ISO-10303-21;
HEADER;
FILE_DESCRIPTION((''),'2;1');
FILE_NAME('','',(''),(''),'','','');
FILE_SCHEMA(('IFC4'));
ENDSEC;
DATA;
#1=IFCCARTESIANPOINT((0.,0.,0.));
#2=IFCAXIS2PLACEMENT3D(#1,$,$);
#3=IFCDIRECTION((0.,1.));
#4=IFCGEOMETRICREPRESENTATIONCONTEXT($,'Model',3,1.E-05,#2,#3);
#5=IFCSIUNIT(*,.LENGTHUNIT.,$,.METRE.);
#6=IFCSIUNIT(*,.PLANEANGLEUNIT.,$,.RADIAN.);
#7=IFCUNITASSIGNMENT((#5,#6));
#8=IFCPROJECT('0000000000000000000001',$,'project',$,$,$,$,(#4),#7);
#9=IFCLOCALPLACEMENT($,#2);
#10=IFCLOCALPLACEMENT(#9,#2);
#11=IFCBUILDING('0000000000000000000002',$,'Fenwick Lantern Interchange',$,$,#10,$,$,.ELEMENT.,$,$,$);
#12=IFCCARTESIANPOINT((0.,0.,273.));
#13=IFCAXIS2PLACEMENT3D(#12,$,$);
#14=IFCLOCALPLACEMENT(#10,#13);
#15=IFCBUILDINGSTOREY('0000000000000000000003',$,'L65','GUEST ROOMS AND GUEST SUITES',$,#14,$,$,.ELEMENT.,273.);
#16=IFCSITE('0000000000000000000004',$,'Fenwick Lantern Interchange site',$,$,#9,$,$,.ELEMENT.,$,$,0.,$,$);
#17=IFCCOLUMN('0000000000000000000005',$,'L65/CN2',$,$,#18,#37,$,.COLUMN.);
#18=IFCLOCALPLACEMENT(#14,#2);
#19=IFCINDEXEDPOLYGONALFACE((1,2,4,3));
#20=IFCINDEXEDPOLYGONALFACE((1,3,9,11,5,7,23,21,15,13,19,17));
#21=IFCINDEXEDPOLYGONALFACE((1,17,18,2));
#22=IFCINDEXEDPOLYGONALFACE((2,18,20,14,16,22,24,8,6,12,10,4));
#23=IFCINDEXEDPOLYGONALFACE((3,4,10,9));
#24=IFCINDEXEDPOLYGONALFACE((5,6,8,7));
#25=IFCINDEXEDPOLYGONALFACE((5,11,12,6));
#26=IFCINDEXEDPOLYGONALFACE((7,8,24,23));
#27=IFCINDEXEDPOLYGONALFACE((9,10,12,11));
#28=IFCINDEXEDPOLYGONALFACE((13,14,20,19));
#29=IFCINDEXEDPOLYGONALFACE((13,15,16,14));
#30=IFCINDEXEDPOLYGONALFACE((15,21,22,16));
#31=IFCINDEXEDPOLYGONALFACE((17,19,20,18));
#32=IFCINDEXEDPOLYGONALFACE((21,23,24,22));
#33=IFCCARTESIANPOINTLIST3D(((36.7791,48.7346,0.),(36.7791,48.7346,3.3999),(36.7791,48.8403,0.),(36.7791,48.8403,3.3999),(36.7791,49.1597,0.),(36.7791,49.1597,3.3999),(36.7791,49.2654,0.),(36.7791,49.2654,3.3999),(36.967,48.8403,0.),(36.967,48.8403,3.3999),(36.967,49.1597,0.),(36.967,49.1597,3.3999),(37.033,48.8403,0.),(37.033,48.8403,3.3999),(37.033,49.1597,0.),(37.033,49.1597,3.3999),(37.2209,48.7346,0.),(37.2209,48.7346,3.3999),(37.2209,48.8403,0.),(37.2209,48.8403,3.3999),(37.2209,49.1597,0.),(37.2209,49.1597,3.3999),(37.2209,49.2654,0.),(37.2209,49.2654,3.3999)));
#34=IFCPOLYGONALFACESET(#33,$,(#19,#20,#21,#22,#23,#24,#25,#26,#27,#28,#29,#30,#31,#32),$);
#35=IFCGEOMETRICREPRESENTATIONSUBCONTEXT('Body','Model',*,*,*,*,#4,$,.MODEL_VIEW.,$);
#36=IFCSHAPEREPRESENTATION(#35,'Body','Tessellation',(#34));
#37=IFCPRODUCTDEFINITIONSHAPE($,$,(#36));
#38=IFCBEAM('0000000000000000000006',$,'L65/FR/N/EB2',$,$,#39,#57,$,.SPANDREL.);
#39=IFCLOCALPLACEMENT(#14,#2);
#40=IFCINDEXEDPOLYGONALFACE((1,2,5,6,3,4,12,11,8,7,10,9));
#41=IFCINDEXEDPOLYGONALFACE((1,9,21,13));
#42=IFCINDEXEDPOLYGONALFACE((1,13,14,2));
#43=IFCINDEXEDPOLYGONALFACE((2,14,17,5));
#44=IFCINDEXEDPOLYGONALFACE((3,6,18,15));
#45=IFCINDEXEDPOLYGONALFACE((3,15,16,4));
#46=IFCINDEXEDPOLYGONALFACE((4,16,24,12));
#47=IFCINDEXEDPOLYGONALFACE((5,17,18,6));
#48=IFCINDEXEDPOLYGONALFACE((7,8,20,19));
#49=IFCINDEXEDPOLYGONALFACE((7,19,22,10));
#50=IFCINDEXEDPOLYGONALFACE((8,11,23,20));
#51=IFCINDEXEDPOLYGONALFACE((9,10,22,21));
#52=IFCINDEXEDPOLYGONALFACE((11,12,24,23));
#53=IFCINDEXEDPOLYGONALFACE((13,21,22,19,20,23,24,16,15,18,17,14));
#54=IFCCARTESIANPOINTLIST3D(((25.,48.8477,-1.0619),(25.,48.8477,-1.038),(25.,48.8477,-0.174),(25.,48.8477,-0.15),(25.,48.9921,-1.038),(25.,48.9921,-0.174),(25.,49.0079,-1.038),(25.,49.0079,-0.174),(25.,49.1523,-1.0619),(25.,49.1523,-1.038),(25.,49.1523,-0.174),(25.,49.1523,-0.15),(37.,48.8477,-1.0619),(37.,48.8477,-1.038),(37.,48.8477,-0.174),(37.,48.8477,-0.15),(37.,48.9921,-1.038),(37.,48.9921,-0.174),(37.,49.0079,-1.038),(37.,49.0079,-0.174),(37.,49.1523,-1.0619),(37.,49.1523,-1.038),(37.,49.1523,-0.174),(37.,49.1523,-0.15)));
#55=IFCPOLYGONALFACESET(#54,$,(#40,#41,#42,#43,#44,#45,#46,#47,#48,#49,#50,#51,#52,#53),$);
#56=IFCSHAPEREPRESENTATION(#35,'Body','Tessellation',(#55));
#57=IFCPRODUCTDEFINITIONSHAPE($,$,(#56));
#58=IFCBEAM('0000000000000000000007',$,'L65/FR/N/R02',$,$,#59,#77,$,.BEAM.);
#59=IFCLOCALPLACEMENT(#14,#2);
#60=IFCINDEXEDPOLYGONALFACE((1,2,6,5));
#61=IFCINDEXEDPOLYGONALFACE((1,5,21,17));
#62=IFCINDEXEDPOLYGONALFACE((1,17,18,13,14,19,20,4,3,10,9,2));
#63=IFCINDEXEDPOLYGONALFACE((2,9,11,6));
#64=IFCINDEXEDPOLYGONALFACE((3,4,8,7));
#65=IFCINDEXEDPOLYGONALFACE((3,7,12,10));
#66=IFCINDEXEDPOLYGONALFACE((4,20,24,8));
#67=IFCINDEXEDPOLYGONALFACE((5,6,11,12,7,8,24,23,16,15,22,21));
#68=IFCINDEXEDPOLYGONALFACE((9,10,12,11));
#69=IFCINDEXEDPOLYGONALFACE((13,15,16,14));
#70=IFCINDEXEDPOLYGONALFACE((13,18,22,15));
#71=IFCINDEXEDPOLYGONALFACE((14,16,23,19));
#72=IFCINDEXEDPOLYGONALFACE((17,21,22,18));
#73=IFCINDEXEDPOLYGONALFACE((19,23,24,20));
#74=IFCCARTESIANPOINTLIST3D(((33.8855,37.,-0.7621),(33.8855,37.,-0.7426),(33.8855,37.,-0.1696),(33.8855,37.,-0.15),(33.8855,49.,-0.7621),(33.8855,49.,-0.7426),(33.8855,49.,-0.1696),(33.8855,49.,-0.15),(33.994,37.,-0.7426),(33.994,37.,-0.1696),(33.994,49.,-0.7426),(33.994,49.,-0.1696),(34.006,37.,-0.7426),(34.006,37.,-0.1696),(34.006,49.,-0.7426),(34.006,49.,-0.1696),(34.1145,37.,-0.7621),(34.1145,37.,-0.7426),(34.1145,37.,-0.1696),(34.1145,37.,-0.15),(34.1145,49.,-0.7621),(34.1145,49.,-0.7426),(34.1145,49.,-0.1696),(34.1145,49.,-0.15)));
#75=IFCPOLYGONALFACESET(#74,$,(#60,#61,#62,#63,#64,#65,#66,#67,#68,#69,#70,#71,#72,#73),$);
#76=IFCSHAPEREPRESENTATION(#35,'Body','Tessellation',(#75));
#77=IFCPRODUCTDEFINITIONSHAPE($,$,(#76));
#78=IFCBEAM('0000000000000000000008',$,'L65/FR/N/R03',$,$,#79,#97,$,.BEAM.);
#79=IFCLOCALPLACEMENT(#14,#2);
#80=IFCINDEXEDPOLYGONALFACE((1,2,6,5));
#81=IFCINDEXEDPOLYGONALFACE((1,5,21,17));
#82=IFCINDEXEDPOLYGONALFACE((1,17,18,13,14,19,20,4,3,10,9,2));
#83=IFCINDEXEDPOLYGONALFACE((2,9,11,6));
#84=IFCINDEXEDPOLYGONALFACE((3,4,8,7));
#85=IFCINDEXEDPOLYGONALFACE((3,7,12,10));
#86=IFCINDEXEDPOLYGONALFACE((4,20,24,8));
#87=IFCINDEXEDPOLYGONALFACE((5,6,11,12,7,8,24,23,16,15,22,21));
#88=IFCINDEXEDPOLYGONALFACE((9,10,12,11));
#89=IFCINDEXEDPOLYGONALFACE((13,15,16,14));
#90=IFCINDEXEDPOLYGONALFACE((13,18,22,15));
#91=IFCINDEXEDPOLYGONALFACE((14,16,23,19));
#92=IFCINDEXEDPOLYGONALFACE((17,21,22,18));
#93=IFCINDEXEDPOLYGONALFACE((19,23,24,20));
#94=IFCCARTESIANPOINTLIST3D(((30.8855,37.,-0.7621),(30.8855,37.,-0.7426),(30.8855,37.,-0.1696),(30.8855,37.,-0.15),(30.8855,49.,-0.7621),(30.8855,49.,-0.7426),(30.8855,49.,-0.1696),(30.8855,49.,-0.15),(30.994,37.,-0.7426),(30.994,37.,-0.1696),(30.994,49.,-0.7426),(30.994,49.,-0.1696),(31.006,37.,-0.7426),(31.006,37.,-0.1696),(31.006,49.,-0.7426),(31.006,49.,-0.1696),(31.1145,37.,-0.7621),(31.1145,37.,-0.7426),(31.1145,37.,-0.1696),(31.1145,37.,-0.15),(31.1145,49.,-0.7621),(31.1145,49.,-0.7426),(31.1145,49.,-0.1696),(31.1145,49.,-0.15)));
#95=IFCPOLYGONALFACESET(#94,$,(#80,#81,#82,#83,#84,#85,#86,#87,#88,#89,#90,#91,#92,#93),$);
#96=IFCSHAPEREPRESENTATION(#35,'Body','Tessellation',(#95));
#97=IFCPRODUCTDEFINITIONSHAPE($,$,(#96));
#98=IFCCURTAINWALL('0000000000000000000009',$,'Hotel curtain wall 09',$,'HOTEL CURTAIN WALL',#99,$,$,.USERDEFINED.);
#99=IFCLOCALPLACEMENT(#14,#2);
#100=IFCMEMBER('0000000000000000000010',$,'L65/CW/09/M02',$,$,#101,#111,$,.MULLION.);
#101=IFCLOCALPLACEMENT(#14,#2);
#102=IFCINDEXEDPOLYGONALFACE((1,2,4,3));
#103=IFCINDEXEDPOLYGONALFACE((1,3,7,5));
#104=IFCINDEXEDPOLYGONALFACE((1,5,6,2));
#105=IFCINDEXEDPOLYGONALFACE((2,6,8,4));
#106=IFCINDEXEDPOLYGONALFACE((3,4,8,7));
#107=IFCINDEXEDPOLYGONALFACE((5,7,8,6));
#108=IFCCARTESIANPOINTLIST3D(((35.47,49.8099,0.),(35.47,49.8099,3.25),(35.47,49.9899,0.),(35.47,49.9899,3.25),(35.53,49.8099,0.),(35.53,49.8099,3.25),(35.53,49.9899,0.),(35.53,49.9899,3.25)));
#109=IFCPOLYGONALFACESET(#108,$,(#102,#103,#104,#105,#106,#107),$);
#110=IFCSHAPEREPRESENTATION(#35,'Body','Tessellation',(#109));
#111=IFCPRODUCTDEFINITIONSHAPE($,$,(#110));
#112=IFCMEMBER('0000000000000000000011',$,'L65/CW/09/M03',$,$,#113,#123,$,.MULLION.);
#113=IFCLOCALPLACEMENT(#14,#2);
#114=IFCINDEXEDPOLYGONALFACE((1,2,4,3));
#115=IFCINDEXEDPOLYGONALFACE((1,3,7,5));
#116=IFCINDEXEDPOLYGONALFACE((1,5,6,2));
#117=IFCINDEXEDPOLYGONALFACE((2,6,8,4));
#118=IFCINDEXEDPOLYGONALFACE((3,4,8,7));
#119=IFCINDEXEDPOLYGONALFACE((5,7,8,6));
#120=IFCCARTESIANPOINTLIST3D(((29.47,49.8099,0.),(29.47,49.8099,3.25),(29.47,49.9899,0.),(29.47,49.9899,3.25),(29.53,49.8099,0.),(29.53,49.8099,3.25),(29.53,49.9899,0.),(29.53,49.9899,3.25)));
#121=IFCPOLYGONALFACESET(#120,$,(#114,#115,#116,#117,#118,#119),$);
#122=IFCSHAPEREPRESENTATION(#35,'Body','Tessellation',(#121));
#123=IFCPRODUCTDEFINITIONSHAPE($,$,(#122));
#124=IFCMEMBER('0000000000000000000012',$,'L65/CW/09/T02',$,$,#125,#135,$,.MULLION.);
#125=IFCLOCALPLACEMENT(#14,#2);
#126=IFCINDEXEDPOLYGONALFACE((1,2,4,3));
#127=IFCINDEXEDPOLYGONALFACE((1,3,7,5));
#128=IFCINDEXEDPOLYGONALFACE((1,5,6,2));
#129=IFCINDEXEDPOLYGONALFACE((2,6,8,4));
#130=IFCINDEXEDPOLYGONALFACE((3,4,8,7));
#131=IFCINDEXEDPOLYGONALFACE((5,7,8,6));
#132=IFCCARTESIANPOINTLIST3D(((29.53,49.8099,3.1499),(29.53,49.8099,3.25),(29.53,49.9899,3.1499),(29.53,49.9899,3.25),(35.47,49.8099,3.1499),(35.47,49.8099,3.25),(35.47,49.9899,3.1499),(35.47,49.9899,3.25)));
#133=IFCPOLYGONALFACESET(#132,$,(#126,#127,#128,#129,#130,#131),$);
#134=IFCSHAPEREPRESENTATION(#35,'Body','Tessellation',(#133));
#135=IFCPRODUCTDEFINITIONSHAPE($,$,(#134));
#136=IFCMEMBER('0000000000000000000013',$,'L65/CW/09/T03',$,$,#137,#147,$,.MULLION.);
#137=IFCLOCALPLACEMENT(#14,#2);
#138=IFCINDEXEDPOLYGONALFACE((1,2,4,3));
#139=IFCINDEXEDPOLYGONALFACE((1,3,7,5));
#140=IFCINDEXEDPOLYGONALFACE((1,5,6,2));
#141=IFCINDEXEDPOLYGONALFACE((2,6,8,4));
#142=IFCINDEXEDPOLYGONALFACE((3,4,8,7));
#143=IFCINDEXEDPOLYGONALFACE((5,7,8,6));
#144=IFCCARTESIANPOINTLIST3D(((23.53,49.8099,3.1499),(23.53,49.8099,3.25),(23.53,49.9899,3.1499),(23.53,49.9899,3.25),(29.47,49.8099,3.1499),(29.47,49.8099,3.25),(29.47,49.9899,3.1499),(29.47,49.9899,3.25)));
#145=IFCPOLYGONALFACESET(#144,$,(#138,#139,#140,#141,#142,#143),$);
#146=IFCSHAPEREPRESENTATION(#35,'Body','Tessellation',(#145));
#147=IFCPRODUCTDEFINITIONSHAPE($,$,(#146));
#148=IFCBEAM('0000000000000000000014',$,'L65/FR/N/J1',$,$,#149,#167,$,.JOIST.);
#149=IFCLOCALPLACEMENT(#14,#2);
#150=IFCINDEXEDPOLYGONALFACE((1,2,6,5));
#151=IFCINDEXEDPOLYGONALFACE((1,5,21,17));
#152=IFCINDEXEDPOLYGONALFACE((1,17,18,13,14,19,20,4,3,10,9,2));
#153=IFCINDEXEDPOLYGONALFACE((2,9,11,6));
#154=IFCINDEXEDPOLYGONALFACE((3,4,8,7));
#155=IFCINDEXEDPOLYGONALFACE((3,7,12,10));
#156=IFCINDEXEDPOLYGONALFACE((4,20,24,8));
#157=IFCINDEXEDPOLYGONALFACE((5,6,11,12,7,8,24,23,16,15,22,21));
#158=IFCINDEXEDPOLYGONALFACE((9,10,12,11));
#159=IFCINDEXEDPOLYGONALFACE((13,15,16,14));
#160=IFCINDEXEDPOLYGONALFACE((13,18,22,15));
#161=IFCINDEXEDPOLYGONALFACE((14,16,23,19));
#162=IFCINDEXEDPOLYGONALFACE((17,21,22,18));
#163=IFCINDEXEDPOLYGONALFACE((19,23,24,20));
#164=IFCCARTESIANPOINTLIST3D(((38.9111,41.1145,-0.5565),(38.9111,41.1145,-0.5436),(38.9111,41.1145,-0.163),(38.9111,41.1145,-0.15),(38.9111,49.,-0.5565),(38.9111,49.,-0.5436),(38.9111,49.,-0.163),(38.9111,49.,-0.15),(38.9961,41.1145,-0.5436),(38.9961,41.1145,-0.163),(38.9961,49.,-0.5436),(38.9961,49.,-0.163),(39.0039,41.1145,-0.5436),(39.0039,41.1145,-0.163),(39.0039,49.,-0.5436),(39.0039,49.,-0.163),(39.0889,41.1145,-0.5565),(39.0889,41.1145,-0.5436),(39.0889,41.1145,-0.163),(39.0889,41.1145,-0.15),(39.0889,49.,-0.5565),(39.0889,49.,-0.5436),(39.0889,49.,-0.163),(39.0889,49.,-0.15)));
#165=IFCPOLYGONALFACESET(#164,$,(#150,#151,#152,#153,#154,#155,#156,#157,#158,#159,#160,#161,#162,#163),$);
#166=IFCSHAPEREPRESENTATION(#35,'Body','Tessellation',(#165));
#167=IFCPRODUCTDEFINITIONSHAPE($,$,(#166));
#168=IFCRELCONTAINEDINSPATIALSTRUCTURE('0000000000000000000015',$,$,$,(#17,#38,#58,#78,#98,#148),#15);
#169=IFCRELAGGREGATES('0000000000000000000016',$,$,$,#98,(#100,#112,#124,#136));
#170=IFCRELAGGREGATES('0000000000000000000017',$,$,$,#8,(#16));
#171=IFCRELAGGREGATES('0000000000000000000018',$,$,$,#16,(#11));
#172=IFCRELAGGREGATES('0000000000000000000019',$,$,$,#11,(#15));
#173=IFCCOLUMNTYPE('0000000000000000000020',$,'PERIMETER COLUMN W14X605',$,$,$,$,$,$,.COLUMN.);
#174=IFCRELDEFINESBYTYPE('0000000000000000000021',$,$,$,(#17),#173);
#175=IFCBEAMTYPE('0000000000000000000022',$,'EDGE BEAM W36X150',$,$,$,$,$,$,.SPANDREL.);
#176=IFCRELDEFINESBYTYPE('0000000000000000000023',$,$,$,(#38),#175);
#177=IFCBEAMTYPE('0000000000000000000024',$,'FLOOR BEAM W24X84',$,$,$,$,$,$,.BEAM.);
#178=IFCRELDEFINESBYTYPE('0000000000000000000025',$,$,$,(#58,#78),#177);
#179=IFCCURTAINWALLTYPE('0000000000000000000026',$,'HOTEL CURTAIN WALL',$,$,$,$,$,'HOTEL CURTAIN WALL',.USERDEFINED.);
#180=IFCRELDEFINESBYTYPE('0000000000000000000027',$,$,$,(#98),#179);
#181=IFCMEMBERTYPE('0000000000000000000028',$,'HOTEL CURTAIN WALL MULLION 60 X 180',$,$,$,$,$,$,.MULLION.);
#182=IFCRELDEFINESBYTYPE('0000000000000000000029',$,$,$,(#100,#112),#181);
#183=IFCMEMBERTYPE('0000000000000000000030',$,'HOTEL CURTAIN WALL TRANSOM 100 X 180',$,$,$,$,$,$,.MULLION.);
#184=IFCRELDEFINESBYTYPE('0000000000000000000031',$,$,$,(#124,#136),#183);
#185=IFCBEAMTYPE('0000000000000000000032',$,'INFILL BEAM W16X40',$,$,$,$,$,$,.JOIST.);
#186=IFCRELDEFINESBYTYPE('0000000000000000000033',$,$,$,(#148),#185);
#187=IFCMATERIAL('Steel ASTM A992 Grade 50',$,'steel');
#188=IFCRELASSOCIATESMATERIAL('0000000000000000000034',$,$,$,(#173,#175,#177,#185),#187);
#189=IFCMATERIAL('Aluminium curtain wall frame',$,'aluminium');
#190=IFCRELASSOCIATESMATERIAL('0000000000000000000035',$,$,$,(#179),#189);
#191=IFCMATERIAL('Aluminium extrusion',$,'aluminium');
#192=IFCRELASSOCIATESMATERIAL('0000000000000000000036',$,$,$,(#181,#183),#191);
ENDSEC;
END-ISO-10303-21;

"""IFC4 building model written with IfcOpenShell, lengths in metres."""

from ifc_helpers import new_model, si_unit, direction, frame, origin, origin_2d, place, context, subcontext, project, spatial, rectangle, i_section, extrude, material, material_profile, profile_set, type_object, element, aggregate, save


model = new_model("IFC4")

# Units and contexts
model_context = context("Model", 3, precision=1e-05, world=origin(), true_north=direction((0.0, 1.0)))
body_context = subcontext(model_context, "Body", "Model", "MODEL_VIEW")
ifc_project = project(units=[si_unit("LENGTHUNIT", "METRE"), si_unit("PLANEANGLEUNIT", "RADIAN")], contexts=[model_context])

# Site, building, storey
site_placement = place(None, origin())
site = spatial("IfcSite", under=ifc_project, at=site_placement, Name="Fenwick Lantern Interchange site", CompositionType="ELEMENT", RefElevation=0.0)
building_placement = place(site_placement, origin())
building = spatial("IfcBuilding", under=site, at=building_placement, Name="Fenwick Lantern Interchange", CompositionType="ELEMENT")
storey_placement = place(building_placement, frame((0.0, 0.0, 273.0)))
storey = spatial("IfcBuildingStorey", under=building, at=storey_placement, Name="L65", Description="GUEST ROOMS AND GUEST SUITES", CompositionType="ELEMENT", Elevation=273.0)

# Column
ifc_material_1 = material(Name="Steel ASTM A992 Grade 50", Category="steel")
ifc_material_profile_1 = material_profile(ifc_material_1, i_section(OverallWidth=0.4419, OverallDepth=0.5308, WebThickness=0.0659, FlangeThickness=0.1057, at=origin_2d()), Name="W14X605")
ifc_profile_set_1 = profile_set([ifc_material_profile_1], Name="Steel ASTM A992 Grade 50")
column_type = type_object("IfcColumnType", Name="PERIMETER COLUMN W14X605", PredefinedType="COLUMN", material=ifc_profile_set_1)
column_placement = place(storey_placement, frame((37.0, 49.0, 0.0), z_axis=(0.0, 0.0, 1.0), x_axis=(1.0, 0.0, 0.0)))
element("IfcColumn", 1, at=column_placement, inside=storey, type_object=column_type, Name="L65/CN2", PredefinedType="COLUMN", context=body_context, shape_type="SweptSolid", body=[
    extrude(i_section(OverallWidth=0.4419, OverallDepth=0.5308, WebThickness=0.0659, FlangeThickness=0.1057, at=origin_2d()), origin(), (0.0, 0.0, 1.0), 3.3999),
])

# Beams
ifc_material_profile_2 = material_profile(ifc_material_1, i_section(OverallWidth=0.3047, OverallDepth=0.9119, WebThickness=0.0159, FlangeThickness=0.0239, at=origin_2d()), Name="W36X150")
ifc_profile_set_2 = profile_set([ifc_material_profile_2], Name="Steel ASTM A992 Grade 50")
beam_type_1 = type_object("IfcBeamType", Name="EDGE BEAM W36X150", PredefinedType="SPANDREL", material=ifc_profile_set_2)
beam_1_placement = place(storey_placement, frame((37.0, 49.0, -0.606), z_axis=(-1.0, 0.0, 0.0), x_axis=(0.0, -1.0, 0.0)))
element("IfcBeam", 2, at=beam_1_placement, inside=storey, type_object=beam_type_1, Name="L65/FR/N/EB2", PredefinedType="SPANDREL", context=body_context, shape_type="SweptSolid", body=[
    extrude(i_section(OverallWidth=0.3047, OverallDepth=0.9119, WebThickness=0.0159, FlangeThickness=0.0239, at=origin_2d()), origin(), (0.0, 0.0, 1.0), 12.0),
])
ifc_material_profile_3 = material_profile(ifc_material_1, i_section(OverallWidth=0.229, OverallDepth=0.6121, WebThickness=0.012, FlangeThickness=0.0195, at=origin_2d()), Name="W24X84")
ifc_profile_set_3 = profile_set([ifc_material_profile_3], Name="Steel ASTM A992 Grade 50")
beam_type_2 = type_object("IfcBeamType", Name="FLOOR BEAM W24X84", PredefinedType="BEAM", material=ifc_profile_set_3)
for number, where, z_axis, x_axis, name in (
    (3, (34.0, 49.0, -0.4561), (0.0, -1.0, 0.0), (1.0, 0.0, 0.0), "L65/FR/N/R02"),
    (4, (31.0, 49.0, -0.4561), (0.0, -1.0, 0.0), (1.0, 0.0, 0.0), "L65/FR/N/R03"),
):
    element("IfcBeam", number, at=place(storey_placement, frame(where, z_axis=z_axis, x_axis=x_axis)), inside=storey, type_object=beam_type_2, Name=name, PredefinedType="BEAM", context=body_context, shape_type="SweptSolid", body=[
        extrude(i_section(OverallWidth=0.229, OverallDepth=0.6121, WebThickness=0.012, FlangeThickness=0.0195, at=origin_2d()), origin(), (0.0, 0.0, 1.0), 12.0),
    ])

# Curtain wall, members
ifc_material_2 = material(Name="Aluminium curtain wall frame", Category="aluminium")
curtain_wall_type = type_object("IfcCurtainWallType", Name="HOTEL CURTAIN WALL", ElementType="HOTEL CURTAIN WALL", PredefinedType="USERDEFINED", material=ifc_material_2)
curtain_wall_placement = place(storey_placement, origin())
curtain_wall = element("IfcCurtainWall", 5, at=curtain_wall_placement, inside=storey, type_object=curtain_wall_type, Name="Hotel curtain wall 09", ObjectType="HOTEL CURTAIN WALL", PredefinedType="USERDEFINED")
ifc_material_3 = material(Name="Aluminium extrusion", Category="aluminium")
ifc_material_profile_4 = material_profile(ifc_material_3, rectangle(XDim=0.1799, YDim=0.0601, at=origin_2d()), Name="HOTEL CURTAIN WALL MULLION 60 X 180")
ifc_profile_set_4 = profile_set([ifc_material_profile_4], Name="Aluminium extrusion")
member_type_1 = type_object("IfcMemberType", Name="HOTEL CURTAIN WALL MULLION 60 X 180", PredefinedType="MULLION", material=ifc_profile_set_4)
member_1_placement = place(storey_placement, frame((35.5, 49.8999, 0.0), z_axis=(0.0, 0.0, 1.0), x_axis=(0.0, -1.0, 0.0)))
member_1 = element("IfcMember", 6, at=member_1_placement, type_object=member_type_1, Name="L65/CW/09/M02", PredefinedType="MULLION", context=body_context, shape_type="SweptSolid", body=[
    extrude(rectangle(XDim=0.1799, YDim=0.0601, at=origin_2d()), origin(), (0.0, 0.0, 1.0), 3.25),
])
member_2_placement = place(storey_placement, frame((29.5, 49.8999, 0.0), z_axis=(0.0, 0.0, 1.0), x_axis=(0.0, -1.0, 0.0)))
member_2 = element("IfcMember", 7, at=member_2_placement, type_object=member_type_1, Name="L65/CW/09/M03", PredefinedType="MULLION", context=body_context, shape_type="SweptSolid", body=[
    extrude(rectangle(XDim=0.1799, YDim=0.0601, at=origin_2d()), origin(), (0.0, 0.0, 1.0), 3.25),
])
ifc_material_profile_5 = material_profile(ifc_material_3, rectangle(XDim=0.1799, YDim=0.1001, at=origin_2d()), Name="HOTEL CURTAIN WALL TRANSOM 100 X 180")
ifc_profile_set_5 = profile_set([ifc_material_profile_5], Name="Aluminium extrusion")
member_type_2 = type_object("IfcMemberType", Name="HOTEL CURTAIN WALL TRANSOM 100 X 180", PredefinedType="MULLION", material=ifc_profile_set_5)
member_3_placement = place(storey_placement, frame((35.47, 49.8999, 3.2), z_axis=(-1.0, 0.0, 0.0), x_axis=(0.0, -1.0, 0.0)))
member_3 = element("IfcMember", 8, at=member_3_placement, type_object=member_type_2, Name="L65/CW/09/T02", PredefinedType="MULLION", context=body_context, shape_type="SweptSolid", body=[
    extrude(rectangle(XDim=0.1799, YDim=0.1001, at=origin_2d()), origin(), (0.0, 0.0, 1.0), 5.9399),
])
member_4_placement = place(storey_placement, frame((29.47, 49.8999, 3.2), z_axis=(-1.0, 0.0, 0.0), x_axis=(0.0, -1.0, 0.0)))
member_4 = element("IfcMember", 9, at=member_4_placement, type_object=member_type_2, Name="L65/CW/09/T03", PredefinedType="MULLION", context=body_context, shape_type="SweptSolid", body=[
    extrude(rectangle(XDim=0.1799, YDim=0.1001, at=origin_2d()), origin(), (0.0, 0.0, 1.0), 5.9399),
])
aggregate(curtain_wall, [member_1, member_2, member_3, member_4])

# Beam
ifc_material_profile_6 = material_profile(ifc_material_1, i_section(OverallWidth=0.1777, OverallDepth=0.4065, WebThickness=0.0078, FlangeThickness=0.0129, at=origin_2d()), Name="W16X40")
ifc_profile_set_6 = profile_set([ifc_material_profile_6], Name="Steel ASTM A992 Grade 50")
beam_type_3 = type_object("IfcBeamType", Name="INFILL BEAM W16X40", PredefinedType="JOIST", material=ifc_profile_set_6)
beam_2_placement = place(storey_placement, frame((39.0, 49.0, -0.3533), z_axis=(0.0, -1.0, 0.0), x_axis=(1.0, 0.0, 0.0)))
element("IfcBeam", 10, at=beam_2_placement, inside=storey, type_object=beam_type_3, Name="L65/FR/N/J1", PredefinedType="JOIST", context=body_context, shape_type="SweptSolid", body=[
    extrude(i_section(OverallWidth=0.1777, OverallDepth=0.4065, WebThickness=0.0078, FlangeThickness=0.0129, at=origin_2d()), origin(), (0.0, 0.0, 1.0), 7.8855),
])

save(model, "model.ifc")
